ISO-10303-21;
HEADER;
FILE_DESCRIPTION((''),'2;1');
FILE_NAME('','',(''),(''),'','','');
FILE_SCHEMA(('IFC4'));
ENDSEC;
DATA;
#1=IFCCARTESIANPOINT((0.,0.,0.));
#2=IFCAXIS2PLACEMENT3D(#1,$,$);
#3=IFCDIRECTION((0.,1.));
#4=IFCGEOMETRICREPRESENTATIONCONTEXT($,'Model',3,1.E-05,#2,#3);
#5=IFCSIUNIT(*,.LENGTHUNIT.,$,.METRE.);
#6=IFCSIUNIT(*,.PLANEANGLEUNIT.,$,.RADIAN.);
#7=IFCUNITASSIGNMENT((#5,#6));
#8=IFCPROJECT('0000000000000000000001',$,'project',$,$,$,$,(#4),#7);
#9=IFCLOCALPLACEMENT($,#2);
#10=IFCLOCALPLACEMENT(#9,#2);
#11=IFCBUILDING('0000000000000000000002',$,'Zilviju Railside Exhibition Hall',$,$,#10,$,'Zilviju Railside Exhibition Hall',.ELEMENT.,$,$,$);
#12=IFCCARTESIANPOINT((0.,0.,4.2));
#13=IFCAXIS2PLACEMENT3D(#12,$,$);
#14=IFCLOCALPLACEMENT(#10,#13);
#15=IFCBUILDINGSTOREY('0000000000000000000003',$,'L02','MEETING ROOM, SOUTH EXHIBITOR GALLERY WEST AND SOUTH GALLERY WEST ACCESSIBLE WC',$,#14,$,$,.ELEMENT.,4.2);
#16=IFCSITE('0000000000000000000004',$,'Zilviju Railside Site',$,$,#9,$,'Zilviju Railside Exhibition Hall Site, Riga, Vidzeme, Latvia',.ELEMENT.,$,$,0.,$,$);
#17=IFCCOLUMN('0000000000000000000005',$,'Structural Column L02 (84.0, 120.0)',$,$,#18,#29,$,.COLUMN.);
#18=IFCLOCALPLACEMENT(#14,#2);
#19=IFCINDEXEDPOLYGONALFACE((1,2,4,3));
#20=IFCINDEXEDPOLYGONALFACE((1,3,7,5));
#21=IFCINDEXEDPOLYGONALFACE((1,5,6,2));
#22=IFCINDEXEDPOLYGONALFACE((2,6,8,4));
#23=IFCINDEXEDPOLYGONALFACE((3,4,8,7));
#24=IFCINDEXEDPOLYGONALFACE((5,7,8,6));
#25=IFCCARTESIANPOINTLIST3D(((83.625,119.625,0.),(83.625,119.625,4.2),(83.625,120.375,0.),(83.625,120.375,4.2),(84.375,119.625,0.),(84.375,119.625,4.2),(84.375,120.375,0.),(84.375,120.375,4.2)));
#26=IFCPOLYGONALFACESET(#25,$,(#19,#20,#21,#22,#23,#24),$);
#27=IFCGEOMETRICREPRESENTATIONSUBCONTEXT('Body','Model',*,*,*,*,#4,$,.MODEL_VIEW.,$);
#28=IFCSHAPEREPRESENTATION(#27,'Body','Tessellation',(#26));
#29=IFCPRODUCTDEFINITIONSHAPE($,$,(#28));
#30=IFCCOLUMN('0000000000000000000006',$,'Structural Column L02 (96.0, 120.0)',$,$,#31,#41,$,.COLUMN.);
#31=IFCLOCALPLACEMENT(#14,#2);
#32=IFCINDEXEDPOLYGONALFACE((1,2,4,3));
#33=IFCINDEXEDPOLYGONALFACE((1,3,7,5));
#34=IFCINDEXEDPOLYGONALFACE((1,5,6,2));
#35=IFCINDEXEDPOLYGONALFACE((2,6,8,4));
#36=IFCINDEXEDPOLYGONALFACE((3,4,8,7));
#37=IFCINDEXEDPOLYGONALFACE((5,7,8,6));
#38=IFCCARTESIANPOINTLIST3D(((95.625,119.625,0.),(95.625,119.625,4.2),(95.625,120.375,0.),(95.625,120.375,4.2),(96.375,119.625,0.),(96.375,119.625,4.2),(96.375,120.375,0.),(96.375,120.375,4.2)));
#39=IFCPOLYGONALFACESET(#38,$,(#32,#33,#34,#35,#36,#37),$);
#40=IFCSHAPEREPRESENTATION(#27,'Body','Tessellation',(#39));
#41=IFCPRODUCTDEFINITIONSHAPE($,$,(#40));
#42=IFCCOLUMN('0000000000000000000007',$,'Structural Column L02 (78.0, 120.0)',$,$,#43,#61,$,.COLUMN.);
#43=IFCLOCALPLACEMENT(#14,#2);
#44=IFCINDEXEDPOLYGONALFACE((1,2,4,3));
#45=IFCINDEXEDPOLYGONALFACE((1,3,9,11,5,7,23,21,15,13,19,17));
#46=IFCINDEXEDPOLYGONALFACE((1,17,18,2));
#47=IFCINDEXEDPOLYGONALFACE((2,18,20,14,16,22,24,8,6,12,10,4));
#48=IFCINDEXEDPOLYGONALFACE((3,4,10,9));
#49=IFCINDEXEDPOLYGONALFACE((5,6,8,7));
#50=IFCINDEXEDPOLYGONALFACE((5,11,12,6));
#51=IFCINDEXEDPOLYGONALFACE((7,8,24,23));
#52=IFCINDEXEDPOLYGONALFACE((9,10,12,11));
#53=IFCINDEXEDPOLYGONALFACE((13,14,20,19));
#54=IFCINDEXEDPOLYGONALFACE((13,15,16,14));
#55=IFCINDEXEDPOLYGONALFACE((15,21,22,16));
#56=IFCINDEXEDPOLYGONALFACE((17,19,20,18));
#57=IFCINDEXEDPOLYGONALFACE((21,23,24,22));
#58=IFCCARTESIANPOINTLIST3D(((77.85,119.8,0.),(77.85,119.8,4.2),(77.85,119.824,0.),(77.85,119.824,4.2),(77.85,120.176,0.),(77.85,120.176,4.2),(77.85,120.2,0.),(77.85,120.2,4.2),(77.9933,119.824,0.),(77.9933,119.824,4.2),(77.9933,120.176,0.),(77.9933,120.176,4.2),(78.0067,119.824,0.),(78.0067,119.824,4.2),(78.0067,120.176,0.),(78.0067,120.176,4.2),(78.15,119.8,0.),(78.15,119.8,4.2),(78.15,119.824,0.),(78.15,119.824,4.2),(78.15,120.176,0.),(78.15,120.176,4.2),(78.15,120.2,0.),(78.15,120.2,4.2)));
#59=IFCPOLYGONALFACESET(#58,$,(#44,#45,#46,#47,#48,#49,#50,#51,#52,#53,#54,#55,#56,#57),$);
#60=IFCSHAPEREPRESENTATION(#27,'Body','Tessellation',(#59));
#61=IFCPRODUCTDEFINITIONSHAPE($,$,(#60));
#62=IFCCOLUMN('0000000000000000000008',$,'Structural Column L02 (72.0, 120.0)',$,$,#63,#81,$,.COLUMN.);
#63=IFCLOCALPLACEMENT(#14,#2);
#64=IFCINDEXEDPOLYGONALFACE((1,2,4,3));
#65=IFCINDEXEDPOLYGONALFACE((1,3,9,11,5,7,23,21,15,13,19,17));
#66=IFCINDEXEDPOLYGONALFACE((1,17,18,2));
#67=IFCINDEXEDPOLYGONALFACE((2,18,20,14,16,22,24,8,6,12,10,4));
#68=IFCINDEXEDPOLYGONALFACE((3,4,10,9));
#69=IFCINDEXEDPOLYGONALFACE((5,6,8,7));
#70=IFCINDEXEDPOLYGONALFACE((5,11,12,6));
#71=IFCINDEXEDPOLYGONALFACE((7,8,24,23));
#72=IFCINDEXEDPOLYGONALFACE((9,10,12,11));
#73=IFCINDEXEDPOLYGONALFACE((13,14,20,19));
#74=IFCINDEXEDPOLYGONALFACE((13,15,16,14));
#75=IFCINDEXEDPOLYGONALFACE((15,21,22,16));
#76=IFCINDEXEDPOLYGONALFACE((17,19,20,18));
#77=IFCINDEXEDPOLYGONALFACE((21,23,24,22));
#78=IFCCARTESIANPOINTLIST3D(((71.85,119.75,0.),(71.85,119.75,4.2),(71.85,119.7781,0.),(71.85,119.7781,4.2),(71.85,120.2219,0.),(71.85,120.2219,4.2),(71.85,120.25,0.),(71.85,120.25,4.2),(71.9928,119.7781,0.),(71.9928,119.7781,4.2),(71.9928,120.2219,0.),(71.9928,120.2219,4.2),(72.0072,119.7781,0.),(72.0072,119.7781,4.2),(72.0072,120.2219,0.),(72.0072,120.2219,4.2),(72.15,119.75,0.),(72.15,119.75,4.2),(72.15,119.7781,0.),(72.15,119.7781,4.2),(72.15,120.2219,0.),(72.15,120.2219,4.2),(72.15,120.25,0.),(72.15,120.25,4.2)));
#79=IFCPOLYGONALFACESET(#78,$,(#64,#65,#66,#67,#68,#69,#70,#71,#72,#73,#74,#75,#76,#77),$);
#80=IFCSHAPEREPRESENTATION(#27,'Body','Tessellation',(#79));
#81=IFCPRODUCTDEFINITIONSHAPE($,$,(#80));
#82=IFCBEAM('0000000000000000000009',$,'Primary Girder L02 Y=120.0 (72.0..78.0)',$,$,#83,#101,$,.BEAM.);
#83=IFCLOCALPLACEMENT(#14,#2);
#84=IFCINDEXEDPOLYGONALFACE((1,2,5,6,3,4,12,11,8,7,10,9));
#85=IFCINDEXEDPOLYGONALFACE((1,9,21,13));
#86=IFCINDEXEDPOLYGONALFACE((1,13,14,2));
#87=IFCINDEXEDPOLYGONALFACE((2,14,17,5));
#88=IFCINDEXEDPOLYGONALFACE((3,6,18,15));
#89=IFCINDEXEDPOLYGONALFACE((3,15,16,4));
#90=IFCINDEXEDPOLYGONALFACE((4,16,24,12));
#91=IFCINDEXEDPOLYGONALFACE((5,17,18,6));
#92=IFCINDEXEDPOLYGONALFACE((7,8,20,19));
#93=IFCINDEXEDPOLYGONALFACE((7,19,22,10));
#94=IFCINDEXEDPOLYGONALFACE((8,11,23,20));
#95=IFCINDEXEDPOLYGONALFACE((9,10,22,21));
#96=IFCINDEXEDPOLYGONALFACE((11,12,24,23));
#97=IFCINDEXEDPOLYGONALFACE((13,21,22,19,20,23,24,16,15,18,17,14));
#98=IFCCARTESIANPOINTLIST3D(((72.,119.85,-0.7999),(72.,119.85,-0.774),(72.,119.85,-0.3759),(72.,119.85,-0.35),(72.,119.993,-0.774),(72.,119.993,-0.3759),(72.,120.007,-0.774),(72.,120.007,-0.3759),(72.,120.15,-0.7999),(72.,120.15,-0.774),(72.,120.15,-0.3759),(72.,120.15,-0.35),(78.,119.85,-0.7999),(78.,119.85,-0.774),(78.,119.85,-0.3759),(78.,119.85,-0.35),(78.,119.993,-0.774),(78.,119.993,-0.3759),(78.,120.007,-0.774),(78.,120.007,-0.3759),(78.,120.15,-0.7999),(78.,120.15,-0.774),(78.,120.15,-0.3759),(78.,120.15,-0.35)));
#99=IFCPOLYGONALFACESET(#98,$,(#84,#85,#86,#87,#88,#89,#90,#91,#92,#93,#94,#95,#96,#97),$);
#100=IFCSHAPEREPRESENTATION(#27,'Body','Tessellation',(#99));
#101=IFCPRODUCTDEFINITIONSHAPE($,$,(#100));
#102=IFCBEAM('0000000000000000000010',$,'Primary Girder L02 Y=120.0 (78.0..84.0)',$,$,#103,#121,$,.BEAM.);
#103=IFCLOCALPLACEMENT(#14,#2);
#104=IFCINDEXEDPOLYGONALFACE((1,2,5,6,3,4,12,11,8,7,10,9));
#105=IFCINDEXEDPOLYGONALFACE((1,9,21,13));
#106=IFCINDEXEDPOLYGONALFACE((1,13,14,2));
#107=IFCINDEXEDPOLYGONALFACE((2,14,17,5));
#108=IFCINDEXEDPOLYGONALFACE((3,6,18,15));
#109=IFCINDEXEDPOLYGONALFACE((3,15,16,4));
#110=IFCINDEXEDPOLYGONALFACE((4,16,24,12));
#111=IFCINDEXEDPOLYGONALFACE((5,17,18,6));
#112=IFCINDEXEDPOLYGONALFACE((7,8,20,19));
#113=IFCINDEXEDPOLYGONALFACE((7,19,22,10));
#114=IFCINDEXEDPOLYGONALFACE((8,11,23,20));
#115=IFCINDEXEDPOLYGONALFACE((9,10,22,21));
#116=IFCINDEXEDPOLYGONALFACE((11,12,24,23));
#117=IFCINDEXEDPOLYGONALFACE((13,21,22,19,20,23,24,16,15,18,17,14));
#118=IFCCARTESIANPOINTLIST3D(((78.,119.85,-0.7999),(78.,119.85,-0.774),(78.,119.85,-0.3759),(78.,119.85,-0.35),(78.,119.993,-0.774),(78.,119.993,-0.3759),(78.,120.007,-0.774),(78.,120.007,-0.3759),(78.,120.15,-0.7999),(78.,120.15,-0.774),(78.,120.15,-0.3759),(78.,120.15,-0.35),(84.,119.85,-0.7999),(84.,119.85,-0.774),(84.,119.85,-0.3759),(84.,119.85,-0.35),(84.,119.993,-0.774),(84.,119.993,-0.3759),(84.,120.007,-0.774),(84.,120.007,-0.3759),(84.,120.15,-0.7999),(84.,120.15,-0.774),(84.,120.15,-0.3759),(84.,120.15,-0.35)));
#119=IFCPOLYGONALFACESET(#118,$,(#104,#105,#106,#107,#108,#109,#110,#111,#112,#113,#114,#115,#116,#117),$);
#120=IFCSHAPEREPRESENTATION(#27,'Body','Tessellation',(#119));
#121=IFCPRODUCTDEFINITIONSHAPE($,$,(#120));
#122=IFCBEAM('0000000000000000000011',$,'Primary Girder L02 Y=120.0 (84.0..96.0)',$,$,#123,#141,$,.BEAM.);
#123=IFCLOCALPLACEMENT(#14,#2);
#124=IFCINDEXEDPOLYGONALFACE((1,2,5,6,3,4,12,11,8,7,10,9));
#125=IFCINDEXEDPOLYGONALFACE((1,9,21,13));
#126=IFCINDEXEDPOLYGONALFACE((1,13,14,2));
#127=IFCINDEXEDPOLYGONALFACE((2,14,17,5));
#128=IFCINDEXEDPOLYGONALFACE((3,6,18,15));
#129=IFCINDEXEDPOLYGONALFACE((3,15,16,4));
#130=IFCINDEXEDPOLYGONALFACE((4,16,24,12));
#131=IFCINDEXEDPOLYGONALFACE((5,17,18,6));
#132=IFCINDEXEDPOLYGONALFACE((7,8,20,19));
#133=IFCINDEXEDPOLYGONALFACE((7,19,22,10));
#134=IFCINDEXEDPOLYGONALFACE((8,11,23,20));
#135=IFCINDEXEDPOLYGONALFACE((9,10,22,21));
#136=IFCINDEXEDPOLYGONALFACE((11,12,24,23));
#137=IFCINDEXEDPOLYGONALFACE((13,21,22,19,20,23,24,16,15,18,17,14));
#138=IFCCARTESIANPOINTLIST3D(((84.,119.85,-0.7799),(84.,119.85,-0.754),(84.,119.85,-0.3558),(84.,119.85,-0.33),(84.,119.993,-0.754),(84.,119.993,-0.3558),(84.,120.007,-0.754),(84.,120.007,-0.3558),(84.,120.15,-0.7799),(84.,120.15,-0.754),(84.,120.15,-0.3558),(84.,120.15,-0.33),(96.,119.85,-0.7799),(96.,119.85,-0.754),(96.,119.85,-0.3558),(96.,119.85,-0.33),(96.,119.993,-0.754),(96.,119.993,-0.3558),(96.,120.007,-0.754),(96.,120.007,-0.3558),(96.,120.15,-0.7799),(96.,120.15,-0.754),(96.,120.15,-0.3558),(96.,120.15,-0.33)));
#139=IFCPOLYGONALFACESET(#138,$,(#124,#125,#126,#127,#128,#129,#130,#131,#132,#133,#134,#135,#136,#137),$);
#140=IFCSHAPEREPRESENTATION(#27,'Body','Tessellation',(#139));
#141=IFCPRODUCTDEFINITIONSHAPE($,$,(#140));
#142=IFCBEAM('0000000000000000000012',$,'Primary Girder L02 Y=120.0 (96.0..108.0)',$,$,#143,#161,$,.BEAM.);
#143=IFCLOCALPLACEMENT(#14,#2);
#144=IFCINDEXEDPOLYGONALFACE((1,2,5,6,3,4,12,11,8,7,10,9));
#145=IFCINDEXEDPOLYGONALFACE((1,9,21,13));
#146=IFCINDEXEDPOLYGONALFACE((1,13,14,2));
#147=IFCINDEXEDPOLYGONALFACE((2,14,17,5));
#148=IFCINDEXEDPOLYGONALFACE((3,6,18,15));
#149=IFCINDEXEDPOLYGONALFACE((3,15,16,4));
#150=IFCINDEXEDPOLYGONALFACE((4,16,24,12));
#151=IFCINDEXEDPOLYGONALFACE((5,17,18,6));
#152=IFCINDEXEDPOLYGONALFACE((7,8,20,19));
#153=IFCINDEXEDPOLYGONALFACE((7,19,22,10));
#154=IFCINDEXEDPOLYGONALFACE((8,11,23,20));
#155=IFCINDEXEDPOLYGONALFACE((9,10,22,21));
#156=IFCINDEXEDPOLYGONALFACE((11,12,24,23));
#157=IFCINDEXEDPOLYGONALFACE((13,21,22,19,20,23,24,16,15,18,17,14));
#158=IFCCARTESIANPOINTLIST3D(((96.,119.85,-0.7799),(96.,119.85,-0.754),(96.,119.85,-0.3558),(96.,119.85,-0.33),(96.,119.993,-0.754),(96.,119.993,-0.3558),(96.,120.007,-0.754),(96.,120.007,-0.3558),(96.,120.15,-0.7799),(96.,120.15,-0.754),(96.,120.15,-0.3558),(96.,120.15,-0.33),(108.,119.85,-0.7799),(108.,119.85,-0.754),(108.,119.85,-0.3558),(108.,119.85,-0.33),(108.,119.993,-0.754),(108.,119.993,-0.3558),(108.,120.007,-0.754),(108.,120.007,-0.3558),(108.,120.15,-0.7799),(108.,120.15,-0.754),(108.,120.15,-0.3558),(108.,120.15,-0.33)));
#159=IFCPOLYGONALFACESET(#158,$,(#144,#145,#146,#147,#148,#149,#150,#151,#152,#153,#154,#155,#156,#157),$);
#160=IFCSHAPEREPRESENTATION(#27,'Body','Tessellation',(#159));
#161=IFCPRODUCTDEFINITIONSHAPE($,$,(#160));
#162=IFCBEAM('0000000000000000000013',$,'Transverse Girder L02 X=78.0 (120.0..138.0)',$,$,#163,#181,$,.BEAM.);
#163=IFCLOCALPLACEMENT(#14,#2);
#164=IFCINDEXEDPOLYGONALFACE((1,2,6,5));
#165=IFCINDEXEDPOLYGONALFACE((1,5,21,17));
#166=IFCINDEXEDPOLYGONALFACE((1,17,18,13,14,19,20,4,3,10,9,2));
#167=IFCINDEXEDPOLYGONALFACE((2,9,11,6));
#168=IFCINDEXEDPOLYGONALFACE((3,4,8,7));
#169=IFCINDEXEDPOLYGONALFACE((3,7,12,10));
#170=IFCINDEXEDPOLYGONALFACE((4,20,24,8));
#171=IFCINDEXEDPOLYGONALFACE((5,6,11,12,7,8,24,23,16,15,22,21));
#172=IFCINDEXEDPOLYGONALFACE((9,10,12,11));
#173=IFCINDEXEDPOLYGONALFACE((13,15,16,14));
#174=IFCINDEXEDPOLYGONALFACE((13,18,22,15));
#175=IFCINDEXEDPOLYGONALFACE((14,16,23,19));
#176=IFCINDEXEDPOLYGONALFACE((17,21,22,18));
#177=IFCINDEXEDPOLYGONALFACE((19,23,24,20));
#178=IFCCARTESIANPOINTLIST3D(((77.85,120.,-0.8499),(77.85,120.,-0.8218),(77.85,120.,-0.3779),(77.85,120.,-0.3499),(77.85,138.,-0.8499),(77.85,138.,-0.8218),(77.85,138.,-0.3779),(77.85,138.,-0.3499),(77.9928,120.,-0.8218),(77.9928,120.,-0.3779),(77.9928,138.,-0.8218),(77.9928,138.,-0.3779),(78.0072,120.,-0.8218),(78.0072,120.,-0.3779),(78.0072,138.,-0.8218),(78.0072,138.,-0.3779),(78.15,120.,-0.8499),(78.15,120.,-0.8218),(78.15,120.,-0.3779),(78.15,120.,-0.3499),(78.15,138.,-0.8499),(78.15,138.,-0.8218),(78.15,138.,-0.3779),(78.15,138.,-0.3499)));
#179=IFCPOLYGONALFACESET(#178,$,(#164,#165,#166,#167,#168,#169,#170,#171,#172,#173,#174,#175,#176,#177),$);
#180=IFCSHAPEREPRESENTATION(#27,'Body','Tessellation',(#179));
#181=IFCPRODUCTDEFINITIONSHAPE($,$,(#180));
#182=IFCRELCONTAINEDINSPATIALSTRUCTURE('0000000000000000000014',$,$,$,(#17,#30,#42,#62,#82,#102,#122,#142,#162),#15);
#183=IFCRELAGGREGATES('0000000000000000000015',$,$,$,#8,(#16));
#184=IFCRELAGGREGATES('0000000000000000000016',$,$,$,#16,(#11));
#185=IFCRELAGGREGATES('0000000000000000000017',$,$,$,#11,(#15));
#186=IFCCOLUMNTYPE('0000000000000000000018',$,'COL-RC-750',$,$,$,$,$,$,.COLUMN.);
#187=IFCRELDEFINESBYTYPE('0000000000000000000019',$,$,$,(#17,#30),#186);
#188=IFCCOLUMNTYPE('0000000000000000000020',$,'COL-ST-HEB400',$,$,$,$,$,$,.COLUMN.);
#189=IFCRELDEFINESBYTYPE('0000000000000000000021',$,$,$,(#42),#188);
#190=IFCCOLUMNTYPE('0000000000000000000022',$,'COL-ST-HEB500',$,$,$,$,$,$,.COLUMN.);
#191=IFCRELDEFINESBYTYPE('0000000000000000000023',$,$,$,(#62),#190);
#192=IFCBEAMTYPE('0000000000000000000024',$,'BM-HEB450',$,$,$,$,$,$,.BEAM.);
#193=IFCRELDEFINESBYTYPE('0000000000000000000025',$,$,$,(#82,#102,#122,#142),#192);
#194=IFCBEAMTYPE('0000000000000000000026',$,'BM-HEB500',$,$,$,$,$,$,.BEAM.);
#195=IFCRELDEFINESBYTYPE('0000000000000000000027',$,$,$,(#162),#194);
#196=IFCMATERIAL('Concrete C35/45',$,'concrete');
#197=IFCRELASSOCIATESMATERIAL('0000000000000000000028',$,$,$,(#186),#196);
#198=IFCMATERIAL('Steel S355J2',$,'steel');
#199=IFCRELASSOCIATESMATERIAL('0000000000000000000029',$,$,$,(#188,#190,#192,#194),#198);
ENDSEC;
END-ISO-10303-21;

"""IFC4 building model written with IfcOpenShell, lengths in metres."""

from ifc_helpers import new_model, si_unit, direction, frame, origin, origin_2d, place, context, subcontext, project, spatial, rectangle, i_section, extrude, material, material_profile, profile_set, type_object, element, save


model = new_model("IFC4")

# Units and contexts
model_context = context("Model", 3, precision=1e-05, world=origin(), true_north=direction((0.0, 1.0)))
body_context = subcontext(model_context, "Body", "Model", "MODEL_VIEW")
ifc_project = project(units=[si_unit("LENGTHUNIT", "METRE"), si_unit("PLANEANGLEUNIT", "RADIAN")], contexts=[model_context])

# Site, building, storey
site_placement = place(None, origin())
site = spatial("IfcSite", under=ifc_project, at=site_placement, Name="Zilviju Railside Site", LongName="Zilviju Railside Exhibition Hall Site, Riga, Vidzeme, Latvia", CompositionType="ELEMENT", RefElevation=0.0)
building_placement = place(site_placement, origin())
building = spatial("IfcBuilding", under=site, at=building_placement, Name="Zilviju Railside Exhibition Hall", LongName="Zilviju Railside Exhibition Hall", CompositionType="ELEMENT")
storey_placement = place(building_placement, frame((0.0, 0.0, 4.2)))
storey = spatial("IfcBuildingStorey", under=building, at=storey_placement, Name="L02", Description="MEETING ROOM, SOUTH EXHIBITOR GALLERY WEST AND SOUTH GALLERY WEST ACCESSIBLE WC", CompositionType="ELEMENT", Elevation=4.2)

# Columns
ifc_material_1 = material(Name="Concrete C35/45", Category="concrete")
ifc_material_profile_1 = material_profile(ifc_material_1, rectangle(XDim=0.75, YDim=0.75, at=origin_2d()), Name="RC COL 750x750")
ifc_profile_set_1 = profile_set([ifc_material_profile_1], Name="Concrete C35/45")
column_type_1 = type_object("IfcColumnType", Name="COL-RC-750", PredefinedType="COLUMN", material=ifc_profile_set_1)
for number, where, z_axis, x_axis, name in (
    (1, (84.0, 120.0, 0.0), (0.0, 0.0, 1.0), (1.0, 0.0, 0.0), "Structural Column L02 (84.0, 120.0)"),
    (2, (96.0, 120.0, 0.0), (0.0, 0.0, 1.0), (1.0, 0.0, 0.0), "Structural Column L02 (96.0, 120.0)"),
):
    element("IfcColumn", number, at=place(storey_placement, frame(where, z_axis=z_axis, x_axis=x_axis)), inside=storey, type_object=column_type_1, Name=name, PredefinedType="COLUMN", context=body_context, shape_type="SweptSolid", body=[
        extrude(rectangle(XDim=0.75, YDim=0.75, at=origin_2d()), origin(), (0.0, 0.0, 1.0), 4.2),
    ])
ifc_material_2 = material(Name="Steel S355J2", Category="steel")
ifc_material_profile_2 = material_profile(ifc_material_2, i_section(OverallWidth=0.3, OverallDepth=0.3999, WebThickness=0.0134, FlangeThickness=0.0239, at=origin_2d()), Name="HEB 400")
ifc_profile_set_2 = profile_set([ifc_material_profile_2], Name="Steel S355J2")
column_type_2 = type_object("IfcColumnType", Name="COL-ST-HEB400", PredefinedType="COLUMN", material=ifc_profile_set_2)
column_1_placement = place(storey_placement, frame((78.0, 120.0, 0.0), z_axis=(0.0, 0.0, 1.0), x_axis=(1.0, 0.0, 0.0)))
element("IfcColumn", 3, at=column_1_placement, inside=storey, type_object=column_type_2, Name="Structural Column L02 (78.0, 120.0)", PredefinedType="COLUMN", context=body_context, shape_type="SweptSolid", body=[
    extrude(i_section(OverallWidth=0.3, OverallDepth=0.3999, WebThickness=0.0134, FlangeThickness=0.0239, at=origin_2d()), origin(), (0.0, 0.0, 1.0), 4.2),
])
ifc_material_profile_3 = material_profile(ifc_material_2, i_section(OverallWidth=0.3, OverallDepth=0.5, WebThickness=0.0144, FlangeThickness=0.0281, at=origin_2d()), Name="HEB 500")
ifc_profile_set_3 = profile_set([ifc_material_profile_3], Name="Steel S355J2")
column_type_3 = type_object("IfcColumnType", Name="COL-ST-HEB500", PredefinedType="COLUMN", material=ifc_profile_set_3)
column_2_placement = place(storey_placement, frame((72.0, 120.0, 0.0), z_axis=(0.0, 0.0, 1.0), x_axis=(1.0, 0.0, 0.0)))
element("IfcColumn", 4, at=column_2_placement, inside=storey, type_object=column_type_3, Name="Structural Column L02 (72.0, 120.0)", PredefinedType="COLUMN", context=body_context, shape_type="SweptSolid", body=[
    extrude(i_section(OverallWidth=0.3, OverallDepth=0.5, WebThickness=0.0144, FlangeThickness=0.0281, at=origin_2d()), origin(), (0.0, 0.0, 1.0), 4.2),
])

# Beams
ifc_material_profile_4 = material_profile(ifc_material_2, i_section(OverallWidth=0.3, OverallDepth=0.45, WebThickness=0.0139, FlangeThickness=0.0259, at=origin_2d()), Name="HEB 450")
ifc_profile_set_4 = profile_set([ifc_material_profile_4], Name="Steel S355J2")
beam_type_1 = type_object("IfcBeamType", Name="BM-HEB450", PredefinedType="BEAM", material=ifc_profile_set_4)
for number, where, z_axis, x_axis, name in (
    (5, (72.0, 120.0, -0.575), (1.0, 0.0, 0.0), (0.0, 1.0, 0.0), "Primary Girder L02 Y=120.0 (72.0..78.0)"),
    (6, (78.0, 120.0, -0.575), (1.0, 0.0, 0.0), (0.0, 1.0, 0.0), "Primary Girder L02 Y=120.0 (78.0..84.0)"),
):
    element("IfcBeam", number, at=place(storey_placement, frame(where, z_axis=z_axis, x_axis=x_axis)), inside=storey, type_object=beam_type_1, Name=name, PredefinedType="BEAM", context=body_context, shape_type="SweptSolid", body=[
        extrude(i_section(OverallWidth=0.3, OverallDepth=0.45, WebThickness=0.0139, FlangeThickness=0.0259, at=origin_2d()), origin(), (0.0, 0.0, 1.0), 6.0),
    ])
for number, where, z_axis, x_axis, name in (
    (7, (84.0, 120.0, -0.5549), (1.0, 0.0, 0.0), (0.0, 1.0, 0.0), "Primary Girder L02 Y=120.0 (84.0..96.0)"),
    (8, (96.0, 120.0, -0.5549), (1.0, 0.0, 0.0), (0.0, 1.0, 0.0), "Primary Girder L02 Y=120.0 (96.0..108.0)"),
):
    element("IfcBeam", number, at=place(storey_placement, frame(where, z_axis=z_axis, x_axis=x_axis)), inside=storey, type_object=beam_type_1, Name=name, PredefinedType="BEAM", context=body_context, shape_type="SweptSolid", body=[
        extrude(i_section(OverallWidth=0.3, OverallDepth=0.45, WebThickness=0.0139, FlangeThickness=0.0259, at=origin_2d()), origin(), (0.0, 0.0, 1.0), 12.0),
    ])
ifc_material_profile_5 = material_profile(ifc_material_2, i_section(OverallWidth=0.3, OverallDepth=0.5, WebThickness=0.0144, FlangeThickness=0.0281, at=origin_2d()), Name="HEB 500")
ifc_profile_set_5 = profile_set([ifc_material_profile_5], Name="Steel S355J2")
beam_type_2 = type_object("IfcBeamType", Name="BM-HEB500", PredefinedType="BEAM", material=ifc_profile_set_5)
beam_placement = place(storey_placement, frame((78.0, 120.0, -0.5999), z_axis=(0.0, 1.0, 0.0), x_axis=(-1.0, 0.0, 0.0)))
element("IfcBeam", 9, at=beam_placement, inside=storey, type_object=beam_type_2, Name="Transverse Girder L02 X=78.0 (120.0..138.0)", PredefinedType="BEAM", context=body_context, shape_type="SweptSolid", body=[
    extrude(i_section(OverallWidth=0.3, OverallDepth=0.5, WebThickness=0.0144, FlangeThickness=0.0281, at=origin_2d()), origin(), (0.0, 0.0, 1.0), 18.0),
])

save(model, "model.ifc")
